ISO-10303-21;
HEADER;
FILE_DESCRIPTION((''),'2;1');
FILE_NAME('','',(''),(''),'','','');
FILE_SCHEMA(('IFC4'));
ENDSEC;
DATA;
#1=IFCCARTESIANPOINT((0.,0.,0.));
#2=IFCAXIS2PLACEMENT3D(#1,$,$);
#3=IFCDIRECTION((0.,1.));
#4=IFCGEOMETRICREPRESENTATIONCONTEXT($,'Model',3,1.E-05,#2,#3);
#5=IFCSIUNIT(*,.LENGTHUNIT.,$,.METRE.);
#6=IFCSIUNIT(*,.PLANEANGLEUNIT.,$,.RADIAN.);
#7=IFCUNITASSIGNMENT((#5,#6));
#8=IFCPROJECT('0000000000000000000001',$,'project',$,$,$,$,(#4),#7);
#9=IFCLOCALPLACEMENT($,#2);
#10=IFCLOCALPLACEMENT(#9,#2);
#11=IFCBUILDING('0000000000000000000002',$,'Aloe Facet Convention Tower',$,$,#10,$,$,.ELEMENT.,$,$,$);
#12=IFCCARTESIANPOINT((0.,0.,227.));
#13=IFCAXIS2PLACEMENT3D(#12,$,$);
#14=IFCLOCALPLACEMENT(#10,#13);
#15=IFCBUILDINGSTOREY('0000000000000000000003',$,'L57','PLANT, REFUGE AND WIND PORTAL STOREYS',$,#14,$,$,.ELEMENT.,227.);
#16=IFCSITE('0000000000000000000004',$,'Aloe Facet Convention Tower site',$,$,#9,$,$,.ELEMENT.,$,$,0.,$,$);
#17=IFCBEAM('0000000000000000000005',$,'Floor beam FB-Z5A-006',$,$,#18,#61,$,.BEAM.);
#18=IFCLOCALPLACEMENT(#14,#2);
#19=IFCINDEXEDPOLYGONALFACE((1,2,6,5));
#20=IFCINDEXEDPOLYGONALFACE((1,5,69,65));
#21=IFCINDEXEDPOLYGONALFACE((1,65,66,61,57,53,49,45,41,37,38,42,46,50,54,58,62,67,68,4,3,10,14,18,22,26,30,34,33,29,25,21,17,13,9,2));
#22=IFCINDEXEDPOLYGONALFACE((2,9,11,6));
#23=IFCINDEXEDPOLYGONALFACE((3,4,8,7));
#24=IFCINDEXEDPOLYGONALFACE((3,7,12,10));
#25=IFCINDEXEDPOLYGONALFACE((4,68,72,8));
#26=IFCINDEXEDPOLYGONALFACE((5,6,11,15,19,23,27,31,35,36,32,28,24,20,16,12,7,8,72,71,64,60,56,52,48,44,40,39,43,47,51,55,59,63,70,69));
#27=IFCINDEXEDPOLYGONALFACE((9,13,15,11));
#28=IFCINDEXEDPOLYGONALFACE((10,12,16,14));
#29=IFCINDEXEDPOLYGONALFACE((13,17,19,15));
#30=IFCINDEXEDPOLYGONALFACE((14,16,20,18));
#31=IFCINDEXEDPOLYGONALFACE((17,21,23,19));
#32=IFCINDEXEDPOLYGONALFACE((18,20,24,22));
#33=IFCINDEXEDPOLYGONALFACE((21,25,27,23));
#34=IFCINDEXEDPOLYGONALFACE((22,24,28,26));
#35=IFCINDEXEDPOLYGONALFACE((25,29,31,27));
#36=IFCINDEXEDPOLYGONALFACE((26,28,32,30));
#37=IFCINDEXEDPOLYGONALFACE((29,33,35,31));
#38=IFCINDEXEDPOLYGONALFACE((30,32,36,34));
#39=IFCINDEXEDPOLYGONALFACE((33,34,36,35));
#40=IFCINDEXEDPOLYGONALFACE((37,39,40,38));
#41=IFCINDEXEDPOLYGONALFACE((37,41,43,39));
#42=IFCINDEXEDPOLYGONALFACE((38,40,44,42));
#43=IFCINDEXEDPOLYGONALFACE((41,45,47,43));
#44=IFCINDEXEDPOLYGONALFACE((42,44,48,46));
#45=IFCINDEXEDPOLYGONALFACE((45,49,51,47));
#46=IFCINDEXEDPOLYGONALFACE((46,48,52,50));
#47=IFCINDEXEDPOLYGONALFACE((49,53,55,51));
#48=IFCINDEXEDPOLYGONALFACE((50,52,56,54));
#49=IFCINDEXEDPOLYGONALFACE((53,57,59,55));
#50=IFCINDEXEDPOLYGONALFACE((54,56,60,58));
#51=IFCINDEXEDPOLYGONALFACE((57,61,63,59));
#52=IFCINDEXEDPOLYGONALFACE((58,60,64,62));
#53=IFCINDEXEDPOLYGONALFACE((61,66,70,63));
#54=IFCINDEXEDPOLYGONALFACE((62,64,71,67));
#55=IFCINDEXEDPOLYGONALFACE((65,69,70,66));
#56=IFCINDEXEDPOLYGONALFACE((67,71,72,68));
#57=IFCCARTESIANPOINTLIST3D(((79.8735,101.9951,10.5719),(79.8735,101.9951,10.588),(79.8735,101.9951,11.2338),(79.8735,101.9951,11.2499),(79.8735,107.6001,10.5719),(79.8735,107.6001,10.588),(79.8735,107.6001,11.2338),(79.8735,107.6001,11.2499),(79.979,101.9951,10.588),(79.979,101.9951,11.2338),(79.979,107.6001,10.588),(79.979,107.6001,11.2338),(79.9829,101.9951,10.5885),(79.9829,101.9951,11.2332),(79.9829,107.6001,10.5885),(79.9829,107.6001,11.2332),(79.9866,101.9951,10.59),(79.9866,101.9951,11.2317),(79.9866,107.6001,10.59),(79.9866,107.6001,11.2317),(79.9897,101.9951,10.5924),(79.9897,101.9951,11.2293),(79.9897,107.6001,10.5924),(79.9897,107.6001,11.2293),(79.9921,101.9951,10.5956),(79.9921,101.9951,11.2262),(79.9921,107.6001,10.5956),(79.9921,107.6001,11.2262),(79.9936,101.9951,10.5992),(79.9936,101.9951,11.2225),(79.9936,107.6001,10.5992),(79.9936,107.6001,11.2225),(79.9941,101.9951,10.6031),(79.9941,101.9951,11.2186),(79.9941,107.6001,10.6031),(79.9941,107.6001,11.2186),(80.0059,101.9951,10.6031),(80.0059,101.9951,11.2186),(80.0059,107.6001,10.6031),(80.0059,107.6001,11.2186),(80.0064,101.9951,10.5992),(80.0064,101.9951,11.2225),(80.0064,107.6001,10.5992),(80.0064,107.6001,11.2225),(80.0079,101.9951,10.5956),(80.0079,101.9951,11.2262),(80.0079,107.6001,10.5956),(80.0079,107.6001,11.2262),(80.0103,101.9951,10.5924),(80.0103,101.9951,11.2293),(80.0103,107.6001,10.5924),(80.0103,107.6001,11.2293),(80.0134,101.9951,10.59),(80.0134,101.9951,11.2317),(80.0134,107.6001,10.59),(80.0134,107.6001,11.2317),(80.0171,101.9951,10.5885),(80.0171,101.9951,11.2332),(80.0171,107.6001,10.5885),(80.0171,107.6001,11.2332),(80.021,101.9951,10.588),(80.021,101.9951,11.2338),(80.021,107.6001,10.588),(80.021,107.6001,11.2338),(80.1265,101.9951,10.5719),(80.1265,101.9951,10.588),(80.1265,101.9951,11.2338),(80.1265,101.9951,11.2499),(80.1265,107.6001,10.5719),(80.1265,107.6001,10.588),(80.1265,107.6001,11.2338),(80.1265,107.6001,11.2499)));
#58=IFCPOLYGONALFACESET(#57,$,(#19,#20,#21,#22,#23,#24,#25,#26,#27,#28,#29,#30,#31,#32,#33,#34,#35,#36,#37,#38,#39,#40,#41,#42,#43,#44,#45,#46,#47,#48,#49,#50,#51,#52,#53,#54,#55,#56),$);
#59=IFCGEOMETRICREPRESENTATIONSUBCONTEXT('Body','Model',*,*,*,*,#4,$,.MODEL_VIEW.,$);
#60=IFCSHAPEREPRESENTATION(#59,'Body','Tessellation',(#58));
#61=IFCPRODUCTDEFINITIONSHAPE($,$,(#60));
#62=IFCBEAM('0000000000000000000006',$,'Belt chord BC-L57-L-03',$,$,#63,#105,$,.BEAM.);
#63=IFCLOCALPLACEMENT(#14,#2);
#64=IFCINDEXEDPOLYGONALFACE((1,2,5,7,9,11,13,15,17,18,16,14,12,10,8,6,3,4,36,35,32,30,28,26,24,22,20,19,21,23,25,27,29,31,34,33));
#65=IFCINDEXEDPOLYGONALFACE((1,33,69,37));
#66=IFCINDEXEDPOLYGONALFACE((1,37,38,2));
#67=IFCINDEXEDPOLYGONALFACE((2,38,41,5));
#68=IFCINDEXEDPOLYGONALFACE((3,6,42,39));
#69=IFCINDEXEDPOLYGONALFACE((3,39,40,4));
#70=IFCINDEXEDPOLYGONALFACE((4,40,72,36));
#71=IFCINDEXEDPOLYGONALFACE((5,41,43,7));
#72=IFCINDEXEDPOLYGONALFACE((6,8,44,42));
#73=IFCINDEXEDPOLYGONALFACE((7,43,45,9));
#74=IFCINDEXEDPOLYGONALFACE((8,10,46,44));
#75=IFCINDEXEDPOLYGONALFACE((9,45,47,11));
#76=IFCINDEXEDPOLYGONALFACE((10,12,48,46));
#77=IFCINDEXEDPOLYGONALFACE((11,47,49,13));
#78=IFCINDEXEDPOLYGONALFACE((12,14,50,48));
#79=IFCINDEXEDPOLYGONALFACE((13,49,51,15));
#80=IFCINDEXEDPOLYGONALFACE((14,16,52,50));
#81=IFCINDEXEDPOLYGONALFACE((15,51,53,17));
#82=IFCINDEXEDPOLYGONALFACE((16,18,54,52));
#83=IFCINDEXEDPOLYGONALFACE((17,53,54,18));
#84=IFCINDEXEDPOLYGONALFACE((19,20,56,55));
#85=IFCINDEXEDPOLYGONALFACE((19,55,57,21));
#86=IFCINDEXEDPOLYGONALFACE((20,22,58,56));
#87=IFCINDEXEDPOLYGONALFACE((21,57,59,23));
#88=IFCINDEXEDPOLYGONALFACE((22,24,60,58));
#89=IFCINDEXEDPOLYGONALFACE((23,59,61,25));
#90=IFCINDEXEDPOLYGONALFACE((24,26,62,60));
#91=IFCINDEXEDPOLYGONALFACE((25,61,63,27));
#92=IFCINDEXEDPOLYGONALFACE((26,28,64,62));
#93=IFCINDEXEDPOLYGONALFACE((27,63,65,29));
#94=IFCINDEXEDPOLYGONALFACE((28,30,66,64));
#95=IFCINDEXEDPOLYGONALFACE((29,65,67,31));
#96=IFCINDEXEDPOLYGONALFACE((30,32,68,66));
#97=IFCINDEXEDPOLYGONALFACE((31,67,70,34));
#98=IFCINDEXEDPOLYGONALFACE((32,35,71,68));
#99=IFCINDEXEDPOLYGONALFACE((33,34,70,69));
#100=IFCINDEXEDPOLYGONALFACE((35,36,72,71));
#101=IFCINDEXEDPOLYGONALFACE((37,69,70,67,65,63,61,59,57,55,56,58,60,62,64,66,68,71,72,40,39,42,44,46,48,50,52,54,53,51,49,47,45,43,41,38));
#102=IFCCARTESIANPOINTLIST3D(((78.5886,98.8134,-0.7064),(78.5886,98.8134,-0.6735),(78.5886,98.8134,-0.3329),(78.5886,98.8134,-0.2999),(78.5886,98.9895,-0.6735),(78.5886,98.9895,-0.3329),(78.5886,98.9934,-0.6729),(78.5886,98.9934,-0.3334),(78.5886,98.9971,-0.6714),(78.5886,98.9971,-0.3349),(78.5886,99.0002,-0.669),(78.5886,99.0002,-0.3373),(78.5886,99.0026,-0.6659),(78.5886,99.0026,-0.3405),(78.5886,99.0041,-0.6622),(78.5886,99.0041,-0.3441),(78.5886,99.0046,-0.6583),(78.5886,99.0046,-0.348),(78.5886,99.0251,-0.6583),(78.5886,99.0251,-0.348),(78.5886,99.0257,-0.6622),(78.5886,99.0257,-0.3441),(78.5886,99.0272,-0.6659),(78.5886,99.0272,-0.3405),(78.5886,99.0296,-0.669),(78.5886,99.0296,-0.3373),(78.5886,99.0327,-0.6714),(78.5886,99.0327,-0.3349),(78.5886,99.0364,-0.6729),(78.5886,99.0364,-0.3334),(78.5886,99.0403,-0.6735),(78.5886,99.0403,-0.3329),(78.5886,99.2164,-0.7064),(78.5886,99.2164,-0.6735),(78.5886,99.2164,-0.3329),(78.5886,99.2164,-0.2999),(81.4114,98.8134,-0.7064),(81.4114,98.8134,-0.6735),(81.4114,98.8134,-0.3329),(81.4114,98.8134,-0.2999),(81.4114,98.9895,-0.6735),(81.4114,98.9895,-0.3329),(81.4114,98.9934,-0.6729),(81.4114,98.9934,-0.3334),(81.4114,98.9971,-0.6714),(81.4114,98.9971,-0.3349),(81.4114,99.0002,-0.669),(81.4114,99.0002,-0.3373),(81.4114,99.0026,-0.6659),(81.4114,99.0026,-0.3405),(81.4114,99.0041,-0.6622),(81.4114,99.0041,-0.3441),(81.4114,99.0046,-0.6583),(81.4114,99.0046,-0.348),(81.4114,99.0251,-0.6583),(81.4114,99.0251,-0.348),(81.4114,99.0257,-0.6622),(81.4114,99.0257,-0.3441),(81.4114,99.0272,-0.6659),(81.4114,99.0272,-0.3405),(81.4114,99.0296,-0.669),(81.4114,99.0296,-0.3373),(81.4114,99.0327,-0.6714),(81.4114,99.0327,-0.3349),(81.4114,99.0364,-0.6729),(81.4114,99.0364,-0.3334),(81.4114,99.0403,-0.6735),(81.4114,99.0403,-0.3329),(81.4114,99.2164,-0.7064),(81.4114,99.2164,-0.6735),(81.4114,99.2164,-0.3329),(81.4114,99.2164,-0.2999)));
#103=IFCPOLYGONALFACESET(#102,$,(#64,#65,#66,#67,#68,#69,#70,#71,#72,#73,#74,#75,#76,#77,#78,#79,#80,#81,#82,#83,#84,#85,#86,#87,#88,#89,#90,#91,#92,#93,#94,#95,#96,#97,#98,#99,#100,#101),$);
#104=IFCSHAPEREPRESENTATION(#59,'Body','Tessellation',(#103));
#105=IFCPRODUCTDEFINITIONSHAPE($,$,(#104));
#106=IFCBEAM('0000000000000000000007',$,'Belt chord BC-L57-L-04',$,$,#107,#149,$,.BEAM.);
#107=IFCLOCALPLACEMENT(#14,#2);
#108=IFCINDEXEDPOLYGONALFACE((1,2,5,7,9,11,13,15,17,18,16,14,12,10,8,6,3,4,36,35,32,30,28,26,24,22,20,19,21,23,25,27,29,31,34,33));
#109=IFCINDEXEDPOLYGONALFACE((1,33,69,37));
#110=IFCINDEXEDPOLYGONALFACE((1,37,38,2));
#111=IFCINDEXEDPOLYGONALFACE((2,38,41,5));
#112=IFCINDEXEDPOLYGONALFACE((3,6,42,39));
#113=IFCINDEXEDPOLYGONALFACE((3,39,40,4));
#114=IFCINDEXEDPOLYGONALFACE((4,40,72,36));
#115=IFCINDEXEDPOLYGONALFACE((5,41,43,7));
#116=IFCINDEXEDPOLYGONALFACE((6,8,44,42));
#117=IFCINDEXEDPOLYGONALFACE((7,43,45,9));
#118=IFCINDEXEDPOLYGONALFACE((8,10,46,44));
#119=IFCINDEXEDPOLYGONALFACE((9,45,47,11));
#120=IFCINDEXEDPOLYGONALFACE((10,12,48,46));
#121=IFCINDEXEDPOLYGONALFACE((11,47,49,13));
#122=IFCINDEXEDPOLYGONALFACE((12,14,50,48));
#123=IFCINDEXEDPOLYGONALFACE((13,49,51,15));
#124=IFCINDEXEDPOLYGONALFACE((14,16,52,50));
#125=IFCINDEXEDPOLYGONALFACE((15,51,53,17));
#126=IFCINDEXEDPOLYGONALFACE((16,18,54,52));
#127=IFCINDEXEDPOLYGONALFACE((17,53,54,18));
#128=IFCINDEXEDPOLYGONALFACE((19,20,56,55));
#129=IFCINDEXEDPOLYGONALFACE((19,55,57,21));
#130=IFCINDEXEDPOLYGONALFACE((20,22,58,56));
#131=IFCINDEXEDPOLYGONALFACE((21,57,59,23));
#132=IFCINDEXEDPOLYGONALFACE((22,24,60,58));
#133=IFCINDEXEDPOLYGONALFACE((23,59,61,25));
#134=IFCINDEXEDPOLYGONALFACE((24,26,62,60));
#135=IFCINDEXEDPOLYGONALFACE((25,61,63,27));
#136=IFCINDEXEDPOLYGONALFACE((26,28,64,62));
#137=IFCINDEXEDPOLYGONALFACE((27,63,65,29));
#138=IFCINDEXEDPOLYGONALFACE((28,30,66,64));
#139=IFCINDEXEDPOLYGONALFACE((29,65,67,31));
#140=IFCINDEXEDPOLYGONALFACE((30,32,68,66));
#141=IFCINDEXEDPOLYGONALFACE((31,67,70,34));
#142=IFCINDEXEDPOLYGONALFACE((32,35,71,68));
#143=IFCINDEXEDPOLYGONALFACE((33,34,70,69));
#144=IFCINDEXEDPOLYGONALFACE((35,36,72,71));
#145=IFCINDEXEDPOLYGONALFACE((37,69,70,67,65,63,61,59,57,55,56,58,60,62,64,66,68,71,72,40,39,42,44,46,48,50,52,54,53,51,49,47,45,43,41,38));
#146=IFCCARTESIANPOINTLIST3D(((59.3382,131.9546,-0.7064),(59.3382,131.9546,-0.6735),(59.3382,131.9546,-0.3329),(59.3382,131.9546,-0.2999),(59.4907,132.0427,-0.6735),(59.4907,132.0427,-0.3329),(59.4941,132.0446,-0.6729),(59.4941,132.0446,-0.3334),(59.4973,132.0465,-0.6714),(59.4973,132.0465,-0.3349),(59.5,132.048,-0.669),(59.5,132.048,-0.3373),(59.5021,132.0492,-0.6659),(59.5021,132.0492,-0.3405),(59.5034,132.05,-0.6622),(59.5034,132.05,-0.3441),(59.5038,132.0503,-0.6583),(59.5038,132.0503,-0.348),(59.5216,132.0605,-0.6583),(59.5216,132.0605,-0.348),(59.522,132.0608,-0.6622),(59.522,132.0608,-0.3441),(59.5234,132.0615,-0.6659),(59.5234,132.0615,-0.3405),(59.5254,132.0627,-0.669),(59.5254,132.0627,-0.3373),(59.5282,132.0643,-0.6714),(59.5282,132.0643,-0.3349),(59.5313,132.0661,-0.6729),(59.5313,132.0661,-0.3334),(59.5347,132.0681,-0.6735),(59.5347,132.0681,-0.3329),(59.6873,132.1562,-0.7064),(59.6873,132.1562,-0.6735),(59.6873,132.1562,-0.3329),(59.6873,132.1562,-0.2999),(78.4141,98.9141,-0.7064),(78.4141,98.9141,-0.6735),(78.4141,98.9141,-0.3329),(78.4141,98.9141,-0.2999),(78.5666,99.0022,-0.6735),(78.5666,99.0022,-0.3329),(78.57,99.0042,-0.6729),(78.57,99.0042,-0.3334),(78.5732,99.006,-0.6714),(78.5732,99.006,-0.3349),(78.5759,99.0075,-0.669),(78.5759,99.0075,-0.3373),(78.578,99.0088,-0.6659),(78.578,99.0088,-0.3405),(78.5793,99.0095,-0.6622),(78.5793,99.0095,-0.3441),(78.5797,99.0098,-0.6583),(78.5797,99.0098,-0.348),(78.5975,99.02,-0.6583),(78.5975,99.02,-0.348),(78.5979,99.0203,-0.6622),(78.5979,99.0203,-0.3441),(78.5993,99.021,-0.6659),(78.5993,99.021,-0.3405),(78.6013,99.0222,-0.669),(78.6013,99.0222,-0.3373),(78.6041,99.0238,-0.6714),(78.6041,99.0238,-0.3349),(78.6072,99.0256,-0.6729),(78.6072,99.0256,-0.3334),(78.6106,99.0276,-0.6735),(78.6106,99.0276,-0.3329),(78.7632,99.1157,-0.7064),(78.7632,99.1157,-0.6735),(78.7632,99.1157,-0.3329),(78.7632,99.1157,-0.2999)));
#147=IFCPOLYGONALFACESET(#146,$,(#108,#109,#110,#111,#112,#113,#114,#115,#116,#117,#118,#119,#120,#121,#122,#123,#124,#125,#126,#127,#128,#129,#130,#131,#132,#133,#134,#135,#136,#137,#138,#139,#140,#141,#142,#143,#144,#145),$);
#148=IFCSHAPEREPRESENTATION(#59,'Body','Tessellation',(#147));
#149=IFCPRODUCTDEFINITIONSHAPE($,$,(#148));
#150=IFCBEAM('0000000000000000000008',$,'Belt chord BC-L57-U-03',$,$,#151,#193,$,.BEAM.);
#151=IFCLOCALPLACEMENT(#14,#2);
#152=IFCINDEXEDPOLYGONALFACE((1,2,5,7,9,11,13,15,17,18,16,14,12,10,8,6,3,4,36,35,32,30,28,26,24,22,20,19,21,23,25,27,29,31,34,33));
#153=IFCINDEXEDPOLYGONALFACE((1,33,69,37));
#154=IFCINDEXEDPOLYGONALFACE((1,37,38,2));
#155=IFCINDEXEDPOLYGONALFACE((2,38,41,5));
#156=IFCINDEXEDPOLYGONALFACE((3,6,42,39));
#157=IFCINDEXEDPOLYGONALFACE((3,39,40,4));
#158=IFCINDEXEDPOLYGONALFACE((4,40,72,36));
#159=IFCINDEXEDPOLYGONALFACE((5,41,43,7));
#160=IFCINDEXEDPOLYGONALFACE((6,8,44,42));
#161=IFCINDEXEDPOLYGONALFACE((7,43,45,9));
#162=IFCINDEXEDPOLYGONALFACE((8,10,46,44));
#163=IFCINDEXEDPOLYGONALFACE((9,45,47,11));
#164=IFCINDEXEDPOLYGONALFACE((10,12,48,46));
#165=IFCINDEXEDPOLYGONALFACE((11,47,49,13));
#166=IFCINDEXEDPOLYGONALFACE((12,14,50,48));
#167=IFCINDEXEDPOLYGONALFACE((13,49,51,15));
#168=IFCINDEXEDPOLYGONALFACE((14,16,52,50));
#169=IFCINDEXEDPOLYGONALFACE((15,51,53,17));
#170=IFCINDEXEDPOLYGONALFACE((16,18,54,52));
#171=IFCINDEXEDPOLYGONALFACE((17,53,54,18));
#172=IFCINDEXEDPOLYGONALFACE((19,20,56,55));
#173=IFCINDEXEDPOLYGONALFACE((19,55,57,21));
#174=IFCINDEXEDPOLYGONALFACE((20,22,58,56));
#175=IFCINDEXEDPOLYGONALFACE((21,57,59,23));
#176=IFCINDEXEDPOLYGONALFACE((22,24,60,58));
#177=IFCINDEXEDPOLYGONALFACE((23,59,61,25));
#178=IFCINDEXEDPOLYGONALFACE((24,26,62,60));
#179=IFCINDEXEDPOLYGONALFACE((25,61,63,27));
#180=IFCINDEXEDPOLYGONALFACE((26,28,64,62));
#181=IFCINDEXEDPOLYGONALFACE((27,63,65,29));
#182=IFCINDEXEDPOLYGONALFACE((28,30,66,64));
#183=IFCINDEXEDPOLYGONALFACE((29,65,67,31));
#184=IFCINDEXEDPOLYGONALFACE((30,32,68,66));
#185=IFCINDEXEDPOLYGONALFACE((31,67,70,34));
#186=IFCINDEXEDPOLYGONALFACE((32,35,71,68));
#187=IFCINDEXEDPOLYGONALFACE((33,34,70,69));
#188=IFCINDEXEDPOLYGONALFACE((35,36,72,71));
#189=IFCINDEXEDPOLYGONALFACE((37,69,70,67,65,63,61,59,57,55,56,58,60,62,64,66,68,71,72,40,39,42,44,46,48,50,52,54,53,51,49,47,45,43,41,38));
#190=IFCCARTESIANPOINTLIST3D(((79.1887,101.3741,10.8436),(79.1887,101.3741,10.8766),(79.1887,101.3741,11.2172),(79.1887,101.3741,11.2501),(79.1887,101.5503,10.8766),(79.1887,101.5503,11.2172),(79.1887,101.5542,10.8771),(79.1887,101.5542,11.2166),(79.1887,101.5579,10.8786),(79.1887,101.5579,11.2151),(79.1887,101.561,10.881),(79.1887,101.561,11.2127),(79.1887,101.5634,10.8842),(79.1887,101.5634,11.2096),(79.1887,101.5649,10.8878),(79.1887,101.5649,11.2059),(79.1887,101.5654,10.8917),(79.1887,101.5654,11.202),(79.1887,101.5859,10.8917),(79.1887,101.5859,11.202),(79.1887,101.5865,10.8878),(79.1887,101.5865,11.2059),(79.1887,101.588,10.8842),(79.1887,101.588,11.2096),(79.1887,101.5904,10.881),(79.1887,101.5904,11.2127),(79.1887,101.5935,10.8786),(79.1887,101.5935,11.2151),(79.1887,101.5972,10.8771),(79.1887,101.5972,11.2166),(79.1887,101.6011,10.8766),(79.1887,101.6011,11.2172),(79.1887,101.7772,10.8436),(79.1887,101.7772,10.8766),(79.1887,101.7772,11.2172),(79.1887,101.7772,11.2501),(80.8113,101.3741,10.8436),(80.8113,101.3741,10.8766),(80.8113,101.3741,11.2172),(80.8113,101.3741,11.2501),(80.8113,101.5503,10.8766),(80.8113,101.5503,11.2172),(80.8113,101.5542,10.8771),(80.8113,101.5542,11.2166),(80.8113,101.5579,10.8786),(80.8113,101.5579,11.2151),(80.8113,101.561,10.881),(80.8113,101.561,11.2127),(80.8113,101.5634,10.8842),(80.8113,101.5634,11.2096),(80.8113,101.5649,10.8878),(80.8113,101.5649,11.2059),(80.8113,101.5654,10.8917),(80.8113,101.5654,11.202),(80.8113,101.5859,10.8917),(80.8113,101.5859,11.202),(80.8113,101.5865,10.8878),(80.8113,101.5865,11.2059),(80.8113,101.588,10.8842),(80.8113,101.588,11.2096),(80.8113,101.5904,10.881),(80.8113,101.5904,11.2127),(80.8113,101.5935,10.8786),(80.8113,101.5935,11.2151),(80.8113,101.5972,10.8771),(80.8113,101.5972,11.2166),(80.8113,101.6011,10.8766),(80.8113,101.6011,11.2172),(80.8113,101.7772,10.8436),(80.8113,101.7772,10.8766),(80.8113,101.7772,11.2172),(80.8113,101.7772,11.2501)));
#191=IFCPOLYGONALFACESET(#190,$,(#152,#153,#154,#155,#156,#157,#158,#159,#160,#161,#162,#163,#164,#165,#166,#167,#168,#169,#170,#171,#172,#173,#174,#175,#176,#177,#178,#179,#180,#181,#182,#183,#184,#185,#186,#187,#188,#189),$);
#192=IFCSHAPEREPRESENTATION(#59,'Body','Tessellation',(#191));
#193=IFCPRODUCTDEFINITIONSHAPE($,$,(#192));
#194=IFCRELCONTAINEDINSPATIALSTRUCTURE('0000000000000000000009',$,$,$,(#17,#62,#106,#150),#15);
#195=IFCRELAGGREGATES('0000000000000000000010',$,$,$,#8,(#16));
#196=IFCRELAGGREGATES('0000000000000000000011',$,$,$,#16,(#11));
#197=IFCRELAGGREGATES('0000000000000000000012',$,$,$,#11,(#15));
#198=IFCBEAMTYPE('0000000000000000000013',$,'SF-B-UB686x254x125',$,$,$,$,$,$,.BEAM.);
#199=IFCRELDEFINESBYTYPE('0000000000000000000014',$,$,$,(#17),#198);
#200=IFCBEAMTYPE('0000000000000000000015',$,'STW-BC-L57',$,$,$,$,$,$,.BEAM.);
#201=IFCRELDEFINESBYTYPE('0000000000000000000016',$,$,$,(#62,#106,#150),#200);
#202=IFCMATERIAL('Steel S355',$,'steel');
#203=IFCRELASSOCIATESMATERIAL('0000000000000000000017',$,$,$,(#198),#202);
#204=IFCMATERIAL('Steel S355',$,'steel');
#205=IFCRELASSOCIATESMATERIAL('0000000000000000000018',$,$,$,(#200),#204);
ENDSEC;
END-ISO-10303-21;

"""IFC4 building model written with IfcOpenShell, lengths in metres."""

from ifc_helpers import new_model, si_unit, direction, frame, origin, origin_2d, place, context, subcontext, project, spatial, i_section, extrude, material, material_profile, profile_set, type_object, element, save


model = new_model("IFC4")

# Units and contexts
model_context = context("Model", 3, precision=1e-05, world=origin(), true_north=direction((0.0, 1.0)))
body_context = subcontext(model_context, "Body", "Model", "MODEL_VIEW")
ifc_project = project(units=[si_unit("LENGTHUNIT", "METRE"), si_unit("PLANEANGLEUNIT", "RADIAN")], contexts=[model_context])

# Site, building, storey
site_placement = place(None, origin())
site = spatial("IfcSite", under=ifc_project, at=site_placement, Name="Aloe Facet Convention Tower site", CompositionType="ELEMENT", RefElevation=0.0)
building_placement = place(site_placement, origin())
building = spatial("IfcBuilding", under=site, at=building_placement, Name="Aloe Facet Convention Tower", CompositionType="ELEMENT")
storey_placement = place(building_placement, frame((0.0, 0.0, 227.0)))
storey = spatial("IfcBuildingStorey", under=building, at=storey_placement, Name="L57", Description="PLANT, REFUGE AND WIND PORTAL STOREYS", CompositionType="ELEMENT", Elevation=227.0)

# Beams
ifc_material_1 = material(Name="Steel S355", Category="steel")
ifc_material_profile_1 = material_profile(ifc_material_1, i_section(OverallWidth=0.2529, OverallDepth=0.678, WebThickness=0.0117, FlangeThickness=0.0161, FilletRadius=0.0151, at=origin_2d()), Name="UB 686x254x125")
ifc_profile_set_1 = profile_set([ifc_material_profile_1], Name="Steel S355")
beam_type_1 = type_object("IfcBeamType", Name="SF-B-UB686x254x125", PredefinedType="BEAM", material=ifc_profile_set_1)
beam_1_placement = place(storey_placement, frame((80.0, 107.6001, 10.9109), z_axis=(0.0, -1.0, 0.0), x_axis=(1.0, 0.0, 0.0)))
element("IfcBeam", 1, at=beam_1_placement, inside=storey, type_object=beam_type_1, Name="Floor beam FB-Z5A-006", PredefinedType="BEAM", context=body_context, shape_type="SweptSolid", body=[
    extrude(i_section(OverallWidth=0.2529, OverallDepth=0.678, WebThickness=0.0117, FlangeThickness=0.0161, FilletRadius=0.0151, at=origin_2d()), origin(), (0.0, 0.0, 1.0), 5.605),
])
ifc_material_2 = material(Name="Steel S355", Category="steel")
ifc_material_profile_2 = material_profile(ifc_material_2, i_section(OverallWidth=0.4031, OverallDepth=0.4065, WebThickness=0.0205, FlangeThickness=0.033, FilletRadius=0.0151, at=origin_2d()), Name="UC 356x406x340")
ifc_profile_set_2 = profile_set([ifc_material_profile_2], Name="Steel S355")
beam_type_2 = type_object("IfcBeamType", Name="STW-BC-L57", PredefinedType="BEAM", material=ifc_profile_set_2)
beam_2_placement = place(storey_placement, frame((81.4114, 99.0149, -0.5032), z_axis=(-1.0, 0.0, 0.0), x_axis=(0.0, -1.0, 0.0)))
element("IfcBeam", 2, at=beam_2_placement, inside=storey, type_object=beam_type_2, Name="Belt chord BC-L57-L-03", PredefinedType="BEAM", context=body_context, shape_type="SweptSolid", body=[
    extrude(i_section(OverallWidth=0.4031, OverallDepth=0.4065, WebThickness=0.0205, FlangeThickness=0.033, FilletRadius=0.0151, at=origin_2d()), origin(), (0.0, 0.0, 1.0), 2.8228),
])
beam_3_placement = place(storey_placement, frame((78.5886, 99.0149, -0.5032), z_axis=(-0.499999, 0.866026, 0.0), x_axis=(-0.866026, -0.499999, 0.0)))
element("IfcBeam", 3, at=beam_3_placement, inside=storey, type_object=beam_type_2, Name="Belt chord BC-L57-L-04", PredefinedType="BEAM", context=body_context, shape_type="SweptSolid", body=[
    extrude(i_section(OverallWidth=0.4031, OverallDepth=0.4065, WebThickness=0.0205, FlangeThickness=0.033, FilletRadius=0.0151, at=origin_2d()), origin(), (0.0, 0.0, 1.0), 38.1519),
])
beam_4_placement = place(storey_placement, frame((80.8113, 101.5757, 11.0469), z_axis=(-1.0, 0.0, 0.0), x_axis=(0.0, -1.0, 0.0)))
element("IfcBeam", 4, at=beam_4_placement, inside=storey, type_object=beam_type_2, Name="Belt chord BC-L57-U-03", PredefinedType="BEAM", context=body_context, shape_type="SweptSolid", body=[
    extrude(i_section(OverallWidth=0.4031, OverallDepth=0.4065, WebThickness=0.0205, FlangeThickness=0.033, FilletRadius=0.0151, at=origin_2d()), origin(), (0.0, 0.0, 1.0), 1.6226),
])

save(model, "model.ifc")
